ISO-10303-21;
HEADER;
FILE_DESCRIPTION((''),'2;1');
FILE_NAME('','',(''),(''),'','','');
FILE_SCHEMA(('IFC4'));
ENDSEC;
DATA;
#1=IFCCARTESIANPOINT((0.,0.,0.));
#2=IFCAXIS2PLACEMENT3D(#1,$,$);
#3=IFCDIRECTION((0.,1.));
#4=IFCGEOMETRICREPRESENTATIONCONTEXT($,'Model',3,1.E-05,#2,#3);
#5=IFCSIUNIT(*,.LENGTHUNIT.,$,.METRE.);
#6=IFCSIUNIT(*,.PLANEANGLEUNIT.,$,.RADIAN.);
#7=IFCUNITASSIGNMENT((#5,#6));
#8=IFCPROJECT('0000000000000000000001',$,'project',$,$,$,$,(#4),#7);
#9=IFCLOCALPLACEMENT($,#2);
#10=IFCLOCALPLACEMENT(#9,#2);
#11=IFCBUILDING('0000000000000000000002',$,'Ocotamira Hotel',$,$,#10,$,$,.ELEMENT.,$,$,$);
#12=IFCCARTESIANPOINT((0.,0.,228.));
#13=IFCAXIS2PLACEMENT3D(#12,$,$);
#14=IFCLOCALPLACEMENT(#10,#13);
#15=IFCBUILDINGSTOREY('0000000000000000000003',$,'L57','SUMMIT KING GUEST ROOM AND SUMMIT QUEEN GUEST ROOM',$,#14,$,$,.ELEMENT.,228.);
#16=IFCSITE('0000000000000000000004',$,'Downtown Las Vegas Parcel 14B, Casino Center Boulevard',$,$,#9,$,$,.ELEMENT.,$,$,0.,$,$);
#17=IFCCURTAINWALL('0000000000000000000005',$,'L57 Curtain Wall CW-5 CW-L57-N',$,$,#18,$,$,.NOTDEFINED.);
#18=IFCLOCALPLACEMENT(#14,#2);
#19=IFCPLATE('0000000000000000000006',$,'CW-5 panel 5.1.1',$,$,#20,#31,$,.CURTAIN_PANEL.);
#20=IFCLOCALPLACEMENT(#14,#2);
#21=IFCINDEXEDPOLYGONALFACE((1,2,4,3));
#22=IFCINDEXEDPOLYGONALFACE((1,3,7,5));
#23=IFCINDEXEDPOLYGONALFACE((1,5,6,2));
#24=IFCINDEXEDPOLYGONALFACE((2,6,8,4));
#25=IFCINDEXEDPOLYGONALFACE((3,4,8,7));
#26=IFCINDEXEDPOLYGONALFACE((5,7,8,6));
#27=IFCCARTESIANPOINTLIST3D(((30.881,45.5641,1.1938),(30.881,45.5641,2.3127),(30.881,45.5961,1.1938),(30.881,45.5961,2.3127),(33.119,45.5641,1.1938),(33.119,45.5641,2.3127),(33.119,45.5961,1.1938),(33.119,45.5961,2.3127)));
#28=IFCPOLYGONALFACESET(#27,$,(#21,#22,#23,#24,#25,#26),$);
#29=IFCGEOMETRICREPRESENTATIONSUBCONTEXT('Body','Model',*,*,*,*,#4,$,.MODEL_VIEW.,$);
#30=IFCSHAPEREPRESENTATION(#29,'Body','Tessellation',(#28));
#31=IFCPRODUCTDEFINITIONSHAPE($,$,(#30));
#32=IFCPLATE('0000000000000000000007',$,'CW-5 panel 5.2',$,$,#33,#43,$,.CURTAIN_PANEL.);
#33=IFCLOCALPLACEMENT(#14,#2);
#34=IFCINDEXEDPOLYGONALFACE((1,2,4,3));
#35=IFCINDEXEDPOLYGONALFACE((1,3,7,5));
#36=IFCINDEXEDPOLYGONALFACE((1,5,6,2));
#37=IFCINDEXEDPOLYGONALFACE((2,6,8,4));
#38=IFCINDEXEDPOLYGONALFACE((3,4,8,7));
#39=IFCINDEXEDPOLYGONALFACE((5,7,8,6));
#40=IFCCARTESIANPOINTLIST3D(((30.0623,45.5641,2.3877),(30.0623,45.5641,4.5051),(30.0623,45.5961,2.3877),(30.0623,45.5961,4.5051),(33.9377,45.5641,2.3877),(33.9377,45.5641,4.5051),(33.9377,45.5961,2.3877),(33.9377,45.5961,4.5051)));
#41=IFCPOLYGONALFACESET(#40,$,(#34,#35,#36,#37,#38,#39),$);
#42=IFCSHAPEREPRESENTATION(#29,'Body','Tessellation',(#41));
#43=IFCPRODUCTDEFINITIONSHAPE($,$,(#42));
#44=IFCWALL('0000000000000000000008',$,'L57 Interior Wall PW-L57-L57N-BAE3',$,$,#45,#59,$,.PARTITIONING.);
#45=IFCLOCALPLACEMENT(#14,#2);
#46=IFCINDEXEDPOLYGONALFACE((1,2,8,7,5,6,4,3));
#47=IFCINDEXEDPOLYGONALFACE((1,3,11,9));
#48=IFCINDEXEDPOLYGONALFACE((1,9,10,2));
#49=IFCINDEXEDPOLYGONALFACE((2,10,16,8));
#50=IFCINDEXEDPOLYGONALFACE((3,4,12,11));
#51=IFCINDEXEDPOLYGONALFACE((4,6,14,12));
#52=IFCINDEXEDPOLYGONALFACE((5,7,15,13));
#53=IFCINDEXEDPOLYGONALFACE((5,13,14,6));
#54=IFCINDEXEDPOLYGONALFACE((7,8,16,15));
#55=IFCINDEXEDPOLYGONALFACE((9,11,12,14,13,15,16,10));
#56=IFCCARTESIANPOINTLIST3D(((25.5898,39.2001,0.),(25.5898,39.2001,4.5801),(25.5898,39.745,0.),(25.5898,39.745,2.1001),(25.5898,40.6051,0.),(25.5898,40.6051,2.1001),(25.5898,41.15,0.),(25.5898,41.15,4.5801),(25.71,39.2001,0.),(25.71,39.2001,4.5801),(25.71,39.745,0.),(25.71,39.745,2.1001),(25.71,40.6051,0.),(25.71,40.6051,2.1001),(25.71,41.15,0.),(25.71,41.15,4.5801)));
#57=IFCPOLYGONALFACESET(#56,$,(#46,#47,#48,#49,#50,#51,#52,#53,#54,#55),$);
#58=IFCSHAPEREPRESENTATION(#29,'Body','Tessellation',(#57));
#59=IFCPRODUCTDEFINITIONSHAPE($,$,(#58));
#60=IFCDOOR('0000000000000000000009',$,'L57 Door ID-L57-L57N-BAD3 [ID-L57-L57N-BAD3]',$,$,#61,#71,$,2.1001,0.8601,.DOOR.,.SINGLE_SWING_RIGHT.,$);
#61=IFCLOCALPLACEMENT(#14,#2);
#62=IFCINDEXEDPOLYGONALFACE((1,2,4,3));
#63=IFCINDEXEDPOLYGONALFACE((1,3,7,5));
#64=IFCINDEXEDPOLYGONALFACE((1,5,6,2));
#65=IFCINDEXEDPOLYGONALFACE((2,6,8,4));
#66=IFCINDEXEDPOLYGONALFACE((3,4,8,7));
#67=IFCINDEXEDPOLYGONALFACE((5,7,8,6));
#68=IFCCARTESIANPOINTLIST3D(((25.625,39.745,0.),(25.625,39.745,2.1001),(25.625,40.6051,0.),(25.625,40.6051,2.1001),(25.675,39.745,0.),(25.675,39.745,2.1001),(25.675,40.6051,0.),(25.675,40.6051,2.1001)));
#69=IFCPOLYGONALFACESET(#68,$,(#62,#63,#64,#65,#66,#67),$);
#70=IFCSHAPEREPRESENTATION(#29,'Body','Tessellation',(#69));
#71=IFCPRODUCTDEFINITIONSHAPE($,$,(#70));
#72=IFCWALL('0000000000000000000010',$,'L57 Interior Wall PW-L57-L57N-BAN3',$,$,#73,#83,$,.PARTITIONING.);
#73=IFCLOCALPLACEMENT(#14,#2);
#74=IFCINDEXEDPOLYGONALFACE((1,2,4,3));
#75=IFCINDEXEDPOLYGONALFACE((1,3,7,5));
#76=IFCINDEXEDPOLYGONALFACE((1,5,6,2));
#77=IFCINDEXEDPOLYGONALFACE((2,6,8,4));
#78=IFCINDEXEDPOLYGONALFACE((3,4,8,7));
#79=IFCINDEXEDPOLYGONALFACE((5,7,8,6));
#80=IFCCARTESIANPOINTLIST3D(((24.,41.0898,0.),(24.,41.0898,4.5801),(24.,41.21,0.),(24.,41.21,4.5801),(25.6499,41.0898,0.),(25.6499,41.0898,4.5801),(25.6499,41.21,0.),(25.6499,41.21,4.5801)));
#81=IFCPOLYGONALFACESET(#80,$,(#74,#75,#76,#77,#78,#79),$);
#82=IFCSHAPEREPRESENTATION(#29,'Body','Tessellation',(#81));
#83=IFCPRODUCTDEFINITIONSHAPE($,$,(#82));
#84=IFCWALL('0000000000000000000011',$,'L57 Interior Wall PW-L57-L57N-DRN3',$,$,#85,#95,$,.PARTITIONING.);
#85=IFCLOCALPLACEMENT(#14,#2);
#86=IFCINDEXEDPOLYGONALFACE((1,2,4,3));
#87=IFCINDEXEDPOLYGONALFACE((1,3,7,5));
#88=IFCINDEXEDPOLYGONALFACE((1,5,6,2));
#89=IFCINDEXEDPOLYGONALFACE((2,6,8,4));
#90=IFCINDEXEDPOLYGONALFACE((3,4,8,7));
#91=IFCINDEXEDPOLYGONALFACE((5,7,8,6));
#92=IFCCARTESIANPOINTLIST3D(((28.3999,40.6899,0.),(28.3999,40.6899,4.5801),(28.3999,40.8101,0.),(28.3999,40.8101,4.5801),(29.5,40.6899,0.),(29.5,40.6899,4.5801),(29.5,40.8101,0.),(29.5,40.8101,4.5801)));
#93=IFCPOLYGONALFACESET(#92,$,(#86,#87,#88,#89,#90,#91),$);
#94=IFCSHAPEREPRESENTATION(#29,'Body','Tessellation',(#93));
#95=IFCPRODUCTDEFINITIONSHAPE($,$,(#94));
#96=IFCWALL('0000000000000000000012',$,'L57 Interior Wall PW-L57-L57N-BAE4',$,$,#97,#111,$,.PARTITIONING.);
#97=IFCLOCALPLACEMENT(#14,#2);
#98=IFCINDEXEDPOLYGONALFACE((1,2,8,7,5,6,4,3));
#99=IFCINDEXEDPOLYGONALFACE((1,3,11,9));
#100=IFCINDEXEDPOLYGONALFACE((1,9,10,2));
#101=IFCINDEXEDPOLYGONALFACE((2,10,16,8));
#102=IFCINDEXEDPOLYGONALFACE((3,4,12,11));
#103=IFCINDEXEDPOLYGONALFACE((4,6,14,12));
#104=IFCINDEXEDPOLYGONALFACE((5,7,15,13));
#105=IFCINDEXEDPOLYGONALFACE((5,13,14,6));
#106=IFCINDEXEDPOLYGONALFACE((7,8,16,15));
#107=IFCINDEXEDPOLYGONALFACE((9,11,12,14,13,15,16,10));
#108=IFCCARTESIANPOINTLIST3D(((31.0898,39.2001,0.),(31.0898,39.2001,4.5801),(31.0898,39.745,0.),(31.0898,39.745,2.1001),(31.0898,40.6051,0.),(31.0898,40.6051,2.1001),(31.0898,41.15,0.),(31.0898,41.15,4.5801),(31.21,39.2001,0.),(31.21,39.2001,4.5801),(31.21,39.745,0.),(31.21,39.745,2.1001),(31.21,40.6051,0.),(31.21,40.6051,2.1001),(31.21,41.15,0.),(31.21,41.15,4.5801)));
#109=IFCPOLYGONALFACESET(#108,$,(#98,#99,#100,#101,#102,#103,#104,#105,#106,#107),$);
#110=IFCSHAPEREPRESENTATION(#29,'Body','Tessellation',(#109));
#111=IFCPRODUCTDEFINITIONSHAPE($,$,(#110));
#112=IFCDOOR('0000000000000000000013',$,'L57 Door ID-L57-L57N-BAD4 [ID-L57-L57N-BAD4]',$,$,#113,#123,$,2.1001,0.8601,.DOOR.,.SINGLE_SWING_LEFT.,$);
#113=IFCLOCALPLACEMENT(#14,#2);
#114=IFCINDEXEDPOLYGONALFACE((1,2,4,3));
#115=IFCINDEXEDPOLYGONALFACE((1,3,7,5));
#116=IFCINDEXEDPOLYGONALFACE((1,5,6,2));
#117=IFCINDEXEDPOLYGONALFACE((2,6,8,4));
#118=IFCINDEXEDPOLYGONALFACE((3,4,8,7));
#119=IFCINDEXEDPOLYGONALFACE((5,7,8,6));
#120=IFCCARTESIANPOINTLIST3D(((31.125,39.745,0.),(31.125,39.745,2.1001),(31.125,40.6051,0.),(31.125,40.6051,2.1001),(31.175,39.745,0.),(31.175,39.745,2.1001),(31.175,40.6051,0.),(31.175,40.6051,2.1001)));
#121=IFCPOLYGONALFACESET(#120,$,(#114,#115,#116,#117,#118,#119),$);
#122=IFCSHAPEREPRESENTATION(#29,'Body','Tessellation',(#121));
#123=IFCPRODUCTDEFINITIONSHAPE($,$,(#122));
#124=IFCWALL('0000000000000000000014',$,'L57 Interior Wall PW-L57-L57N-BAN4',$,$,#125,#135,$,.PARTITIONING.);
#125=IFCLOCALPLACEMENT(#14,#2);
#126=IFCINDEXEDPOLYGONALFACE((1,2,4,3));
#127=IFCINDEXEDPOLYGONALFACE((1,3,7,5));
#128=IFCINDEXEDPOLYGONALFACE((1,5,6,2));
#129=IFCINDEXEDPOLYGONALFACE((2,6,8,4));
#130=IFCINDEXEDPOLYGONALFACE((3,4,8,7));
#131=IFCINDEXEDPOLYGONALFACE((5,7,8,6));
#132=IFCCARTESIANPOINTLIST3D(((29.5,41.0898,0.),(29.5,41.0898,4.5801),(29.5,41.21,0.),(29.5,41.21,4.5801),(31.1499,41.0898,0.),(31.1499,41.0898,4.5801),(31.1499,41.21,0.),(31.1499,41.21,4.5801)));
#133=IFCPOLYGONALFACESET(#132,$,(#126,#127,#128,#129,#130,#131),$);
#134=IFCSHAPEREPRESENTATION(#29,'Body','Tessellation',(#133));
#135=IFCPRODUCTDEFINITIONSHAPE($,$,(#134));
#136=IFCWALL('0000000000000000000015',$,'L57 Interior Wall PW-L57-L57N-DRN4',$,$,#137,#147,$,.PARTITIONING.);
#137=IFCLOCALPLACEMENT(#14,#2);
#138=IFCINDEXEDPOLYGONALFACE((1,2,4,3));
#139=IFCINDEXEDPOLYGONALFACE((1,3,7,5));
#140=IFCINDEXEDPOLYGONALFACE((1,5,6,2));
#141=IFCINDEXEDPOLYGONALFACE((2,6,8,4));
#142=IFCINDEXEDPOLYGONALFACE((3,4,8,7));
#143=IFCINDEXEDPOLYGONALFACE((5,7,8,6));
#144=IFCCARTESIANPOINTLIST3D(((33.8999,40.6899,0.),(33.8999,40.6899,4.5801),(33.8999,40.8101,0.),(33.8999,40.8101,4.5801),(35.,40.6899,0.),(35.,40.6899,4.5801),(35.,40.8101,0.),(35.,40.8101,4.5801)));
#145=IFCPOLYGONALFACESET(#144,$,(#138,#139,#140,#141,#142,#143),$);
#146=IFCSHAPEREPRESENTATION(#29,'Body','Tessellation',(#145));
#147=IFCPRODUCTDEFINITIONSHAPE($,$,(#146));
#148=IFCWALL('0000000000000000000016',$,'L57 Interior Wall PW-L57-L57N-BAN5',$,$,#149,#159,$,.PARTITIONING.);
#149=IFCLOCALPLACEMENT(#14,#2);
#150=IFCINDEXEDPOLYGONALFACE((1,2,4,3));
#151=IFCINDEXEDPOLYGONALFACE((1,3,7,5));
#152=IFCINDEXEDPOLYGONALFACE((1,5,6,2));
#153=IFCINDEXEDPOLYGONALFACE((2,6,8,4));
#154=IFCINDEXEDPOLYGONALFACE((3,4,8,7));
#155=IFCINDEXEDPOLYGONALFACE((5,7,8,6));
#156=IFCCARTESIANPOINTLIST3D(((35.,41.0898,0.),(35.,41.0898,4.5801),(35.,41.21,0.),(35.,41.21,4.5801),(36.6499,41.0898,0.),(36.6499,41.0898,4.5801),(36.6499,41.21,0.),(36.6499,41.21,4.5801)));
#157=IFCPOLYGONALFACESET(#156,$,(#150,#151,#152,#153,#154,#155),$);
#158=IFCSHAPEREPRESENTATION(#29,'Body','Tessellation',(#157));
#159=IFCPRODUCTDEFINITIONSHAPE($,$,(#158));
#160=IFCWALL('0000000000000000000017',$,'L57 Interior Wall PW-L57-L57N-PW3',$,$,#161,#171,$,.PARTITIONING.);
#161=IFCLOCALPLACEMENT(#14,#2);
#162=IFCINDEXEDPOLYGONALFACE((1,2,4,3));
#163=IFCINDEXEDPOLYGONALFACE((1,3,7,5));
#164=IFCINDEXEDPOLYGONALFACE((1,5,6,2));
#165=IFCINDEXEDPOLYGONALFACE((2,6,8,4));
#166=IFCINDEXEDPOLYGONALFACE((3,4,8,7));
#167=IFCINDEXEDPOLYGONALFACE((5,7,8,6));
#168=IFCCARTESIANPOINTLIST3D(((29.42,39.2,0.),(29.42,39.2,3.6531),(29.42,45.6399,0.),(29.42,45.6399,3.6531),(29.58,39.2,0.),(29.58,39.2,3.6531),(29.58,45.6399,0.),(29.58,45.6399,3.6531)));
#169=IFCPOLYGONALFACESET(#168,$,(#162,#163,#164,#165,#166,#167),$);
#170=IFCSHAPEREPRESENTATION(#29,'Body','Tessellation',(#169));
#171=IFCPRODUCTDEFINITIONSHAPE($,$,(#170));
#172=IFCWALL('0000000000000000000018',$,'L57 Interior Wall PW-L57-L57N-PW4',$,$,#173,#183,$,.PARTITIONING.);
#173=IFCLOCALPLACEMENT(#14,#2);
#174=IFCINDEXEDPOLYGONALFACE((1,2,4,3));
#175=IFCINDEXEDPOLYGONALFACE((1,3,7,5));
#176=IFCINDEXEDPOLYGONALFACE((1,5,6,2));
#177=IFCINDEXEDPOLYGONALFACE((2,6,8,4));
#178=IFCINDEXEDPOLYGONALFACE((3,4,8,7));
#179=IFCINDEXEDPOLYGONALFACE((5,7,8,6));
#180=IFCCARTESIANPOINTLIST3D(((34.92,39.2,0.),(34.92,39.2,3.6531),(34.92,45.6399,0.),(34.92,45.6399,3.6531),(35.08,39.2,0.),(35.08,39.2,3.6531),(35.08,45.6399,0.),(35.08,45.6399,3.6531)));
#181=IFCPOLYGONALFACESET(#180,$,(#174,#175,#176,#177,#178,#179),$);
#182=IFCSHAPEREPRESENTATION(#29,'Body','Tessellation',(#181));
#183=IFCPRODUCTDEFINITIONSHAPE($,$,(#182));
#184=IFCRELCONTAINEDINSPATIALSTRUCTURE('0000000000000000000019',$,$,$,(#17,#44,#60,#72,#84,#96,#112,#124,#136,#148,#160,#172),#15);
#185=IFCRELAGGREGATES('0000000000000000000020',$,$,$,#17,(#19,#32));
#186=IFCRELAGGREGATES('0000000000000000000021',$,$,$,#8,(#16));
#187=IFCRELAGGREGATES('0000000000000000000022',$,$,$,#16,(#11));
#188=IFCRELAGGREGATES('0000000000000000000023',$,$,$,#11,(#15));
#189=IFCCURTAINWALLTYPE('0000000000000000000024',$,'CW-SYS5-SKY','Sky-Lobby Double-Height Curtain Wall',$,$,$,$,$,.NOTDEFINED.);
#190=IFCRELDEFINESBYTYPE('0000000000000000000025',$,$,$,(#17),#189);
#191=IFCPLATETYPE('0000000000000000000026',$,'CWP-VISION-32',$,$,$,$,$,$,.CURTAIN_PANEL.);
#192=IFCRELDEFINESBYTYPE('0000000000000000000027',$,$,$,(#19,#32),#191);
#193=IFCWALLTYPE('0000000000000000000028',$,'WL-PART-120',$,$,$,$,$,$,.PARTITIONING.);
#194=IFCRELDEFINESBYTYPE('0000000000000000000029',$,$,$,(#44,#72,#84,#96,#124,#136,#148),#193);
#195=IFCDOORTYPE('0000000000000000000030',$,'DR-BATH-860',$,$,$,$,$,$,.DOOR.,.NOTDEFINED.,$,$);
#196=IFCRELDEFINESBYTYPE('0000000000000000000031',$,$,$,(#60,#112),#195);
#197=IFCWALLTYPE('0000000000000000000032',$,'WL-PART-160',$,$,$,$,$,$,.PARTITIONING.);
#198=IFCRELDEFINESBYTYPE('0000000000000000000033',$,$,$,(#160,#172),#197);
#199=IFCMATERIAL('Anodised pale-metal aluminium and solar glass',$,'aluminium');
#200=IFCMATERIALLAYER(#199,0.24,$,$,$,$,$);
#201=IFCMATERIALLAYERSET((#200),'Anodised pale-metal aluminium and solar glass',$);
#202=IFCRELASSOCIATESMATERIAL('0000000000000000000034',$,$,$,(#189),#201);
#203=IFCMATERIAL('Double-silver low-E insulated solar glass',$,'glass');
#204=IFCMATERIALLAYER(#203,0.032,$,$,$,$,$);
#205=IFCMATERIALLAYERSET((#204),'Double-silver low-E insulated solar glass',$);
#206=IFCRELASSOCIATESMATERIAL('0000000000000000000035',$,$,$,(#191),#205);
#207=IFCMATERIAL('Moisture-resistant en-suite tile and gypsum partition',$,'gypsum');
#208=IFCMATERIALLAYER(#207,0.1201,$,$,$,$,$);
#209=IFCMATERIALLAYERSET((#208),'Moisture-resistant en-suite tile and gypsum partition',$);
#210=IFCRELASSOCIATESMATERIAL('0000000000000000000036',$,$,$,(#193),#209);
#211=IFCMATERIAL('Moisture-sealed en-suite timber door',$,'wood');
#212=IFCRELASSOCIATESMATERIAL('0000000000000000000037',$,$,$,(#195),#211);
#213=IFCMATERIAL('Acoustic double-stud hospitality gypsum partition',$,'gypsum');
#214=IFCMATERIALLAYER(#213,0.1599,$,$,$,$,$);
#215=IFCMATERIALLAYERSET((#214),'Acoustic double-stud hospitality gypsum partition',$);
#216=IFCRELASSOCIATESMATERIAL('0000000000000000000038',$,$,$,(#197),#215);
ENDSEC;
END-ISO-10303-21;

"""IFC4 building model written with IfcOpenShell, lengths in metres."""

from ifc_helpers import new_model, si_unit, direction, frame, frame_2d, origin, origin_2d, place, context, subcontext, project, spatial, rectangle, extrude, source, transform, mapped, material, layer, layer_set, type_object, element, fill, aggregate, save


model = new_model("IFC4")

# Units and contexts
model_context = context("Model", 3, precision=1e-05, world=origin(), true_north=direction((0.0, 1.0)))
body_context = subcontext(model_context, "Body", "Model", "MODEL_VIEW")
ifc_project = project(units=[si_unit("LENGTHUNIT", "METRE"), si_unit("PLANEANGLEUNIT", "RADIAN")], contexts=[model_context])

# Site, building, storey
site_placement = place(None, origin())
site = spatial("IfcSite", under=ifc_project, at=site_placement, Name="Downtown Las Vegas Parcel 14B, Casino Center Boulevard", CompositionType="ELEMENT", RefElevation=0.0)
building_placement = place(site_placement, origin())
building = spatial("IfcBuilding", under=site, at=building_placement, Name="Ocotamira Hotel", CompositionType="ELEMENT")
storey_placement = place(building_placement, frame((0.0, 0.0, 228.0)))
storey = spatial("IfcBuildingStorey", under=building, at=storey_placement, Name="L57", Description="SUMMIT KING GUEST ROOM AND SUMMIT QUEEN GUEST ROOM", CompositionType="ELEMENT", Elevation=228.0)

# Curtain wall
ifc_material_1 = material(Name="Anodised pale-metal aluminium and solar glass", Category="aluminium")
ifc_layer_1 = layer(ifc_material_1, 0.24)
ifc_layer_set_1 = layer_set([ifc_layer_1], Name="Anodised pale-metal aluminium and solar glass")
curtain_wall_type = type_object("IfcCurtainWallType", Name="CW-SYS5-SKY", Description="Sky-Lobby Double-Height Curtain Wall", PredefinedType="NOTDEFINED", material=ifc_layer_set_1)
curtain_wall_placement = place(storey_placement, origin())
curtain_wall = element("IfcCurtainWall", 1, at=curtain_wall_placement, inside=storey, type_object=curtain_wall_type, Name="L57 Curtain Wall CW-5 CW-L57-N", PredefinedType="NOTDEFINED")

# Plates
ifc_material_2 = material(Name="Double-silver low-E insulated solar glass", Category="glass")
ifc_layer_2 = layer(ifc_material_2, 0.032)
ifc_layer_set_2 = layer_set([ifc_layer_2], Name="Double-silver low-E insulated solar glass")
plate_type_1 = type_object("IfcPlateType", Name="CWP-VISION-32", PredefinedType="CURTAIN_PANEL", material=ifc_layer_set_2)
shared_shape_1 = source(origin(), body_context, "Body", "SweptSolid", [
    extrude(rectangle(XDim=2.238, YDim=0.032, at=origin_2d()), origin(), (0.0, 0.0, 1.0), 1.1189),
])
plate_1_placement = place(storey_placement, frame((32.0, 45.5801, 1.1938), z_axis=(0.0, 0.0, 1.0), x_axis=(1.0, 0.0, 0.0)))
plate_1 = element("IfcPlate", 2, at=plate_1_placement, type_object=plate_type_1, Name="CW-5 panel 5.1.1", PredefinedType="CURTAIN_PANEL", context=body_context, shape_type="MappedRepresentation", body=[
    mapped(shared_shape_1, transform((0.0, 0.0, 0.0), scale=1.0)),
])
shared_shape_2 = source(origin(), body_context, "Body", "SweptSolid", [
    extrude(rectangle(XDim=3.8755, YDim=0.032, at=origin_2d()), origin(), (0.0, 0.0, 1.0), 2.1174),
])
plate_2_placement = place(storey_placement, frame((32.0, 45.5801, 2.3877), z_axis=(0.0, 0.0, 1.0), x_axis=(1.0, 0.0, 0.0)))
plate_2 = element("IfcPlate", 3, at=plate_2_placement, type_object=plate_type_1, Name="CW-5 panel 5.2", PredefinedType="CURTAIN_PANEL", context=body_context, shape_type="MappedRepresentation", body=[
    mapped(shared_shape_2, transform((0.0, 0.0, 0.0), scale=1.0)),
])
aggregate(curtain_wall, [plate_1, plate_2])

# Wall, opening, door
ifc_material_3 = material(Name="Moisture-resistant en-suite tile and gypsum partition", Category="gypsum")
ifc_layer_3 = layer(ifc_material_3, 0.1201)
ifc_layer_set_3 = layer_set([ifc_layer_3], Name="Moisture-resistant en-suite tile and gypsum partition")
wall_type_1 = type_object("IfcWallType", Name="WL-PART-120", PredefinedType="PARTITIONING", material=ifc_layer_set_3)
wall_1_placement = place(storey_placement, frame((25.6499, 39.2, 0.0), z_axis=(0.0, 0.0, 1.0), x_axis=(0.0, 1.0, 0.0)))
wall_1 = element("IfcWall", 4, at=wall_1_placement, inside=storey, type_object=wall_type_1, Name="L57 Interior Wall PW-L57-L57N-BAE3", PredefinedType="PARTITIONING", context=body_context, shape_type="SweptSolid", body=[
    extrude(rectangle(XDim=1.95, YDim=0.1201, at=frame_2d((0.9751, 0.0))), origin(), (0.0, 0.0, 1.0), 4.5801),
])
opening_1_placement = place(wall_1_placement, frame((0.5449, 0.0, 0.0)))
opening_1 = element("IfcOpeningElement", 5, at=opening_1_placement, cuts=wall_1, PredefinedType="OPENING", context=body_context, shape_type="SweptSolid", body=[
    extrude(rectangle(XDim=0.8601, YDim=2.1001, at=frame_2d((0.4302, 1.05))), frame((0.0, 0.0701, 0.0), z_axis=(0.0, -1.0, 0.0), x_axis=(1.0, 0.0, 0.0)), (0.0, 0.0, 1.0), 0.1401),
])
ifc_material_4 = material(Name="Moisture-sealed en-suite timber door", Category="wood")
door_type = type_object("IfcDoorType", Name="DR-BATH-860", OperationType="NOTDEFINED", PredefinedType="DOOR", material=ifc_material_4)
shared_shape_3 = source(origin(), body_context, "Body", "SweptSolid", [
    extrude(rectangle(XDim=0.8601, YDim=2.1001, at=frame_2d((0.4302, 1.05))), frame((0.0, 0.0249, 0.0), z_axis=(0.0, -1.0, 0.0), x_axis=(1.0, 0.0, 0.0)), (0.0, 0.0, 1.0), 0.05),
])
door_1_placement = place(opening_1_placement, origin())
door_1 = element("IfcDoor", 6, at=door_1_placement, inside=storey, type_object=door_type, Name="L57 Door ID-L57-L57N-BAD3 [ID-L57-L57N-BAD3]", OperationType="SINGLE_SWING_RIGHT", OverallHeight=2.1001, OverallWidth=0.8601, PredefinedType="DOOR", context=body_context, shape_type="MappedRepresentation", body=[
    mapped(shared_shape_3, transform((0.0, 0.0, 0.0), scale=1.0)),
])
fill(opening_1, door_1)

# Walls
wall_2_placement = place(storey_placement, frame((24.0, 41.1499, 0.0), z_axis=(0.0, 0.0, 1.0), x_axis=(1.0, 0.0, 0.0)))
element("IfcWall", 7, at=wall_2_placement, inside=storey, type_object=wall_type_1, Name="L57 Interior Wall PW-L57-L57N-BAN3", PredefinedType="PARTITIONING", context=body_context, shape_type="SweptSolid", body=[
    extrude(rectangle(XDim=1.6499, YDim=0.1201, at=frame_2d((0.825, 0.0))), origin(), (0.0, 0.0, 1.0), 4.5801),
])
wall_3_placement = place(storey_placement, frame((28.3999, 40.75, 0.0), z_axis=(0.0, 0.0, 1.0), x_axis=(1.0, 0.0, 0.0)))
element("IfcWall", 8, at=wall_3_placement, inside=storey, type_object=wall_type_1, Name="L57 Interior Wall PW-L57-L57N-DRN3", PredefinedType="PARTITIONING", context=body_context, shape_type="SweptSolid", body=[
    extrude(rectangle(XDim=1.1001, YDim=0.1201, at=frame_2d((0.55, 0.0))), origin(), (0.0, 0.0, 1.0), 4.5801),
])

# Wall, opening, door
wall_4_placement = place(storey_placement, frame((31.1499, 39.2, 0.0), z_axis=(0.0, 0.0, 1.0), x_axis=(0.0, 1.0, 0.0)))
wall_4 = element("IfcWall", 9, at=wall_4_placement, inside=storey, type_object=wall_type_1, Name="L57 Interior Wall PW-L57-L57N-BAE4", PredefinedType="PARTITIONING", context=body_context, shape_type="SweptSolid", body=[
    extrude(rectangle(XDim=1.95, YDim=0.1201, at=frame_2d((0.9751, 0.0))), origin(), (0.0, 0.0, 1.0), 4.5801),
])
opening_2_placement = place(wall_4_placement, frame((0.5449, 0.0, 0.0)))
opening_2 = element("IfcOpeningElement", 10, at=opening_2_placement, cuts=wall_4, PredefinedType="OPENING", context=body_context, shape_type="SweptSolid", body=[
    extrude(rectangle(XDim=0.8601, YDim=2.1001, at=frame_2d((0.4302, 1.05))), frame((0.0, 0.0701, 0.0), z_axis=(0.0, -1.0, 0.0), x_axis=(1.0, 0.0, 0.0)), (0.0, 0.0, 1.0), 0.1401),
])
door_2_placement = place(opening_2_placement, origin())
door_2 = element("IfcDoor", 11, at=door_2_placement, inside=storey, type_object=door_type, Name="L57 Door ID-L57-L57N-BAD4 [ID-L57-L57N-BAD4]", OperationType="SINGLE_SWING_LEFT", OverallHeight=2.1001, OverallWidth=0.8601, PredefinedType="DOOR", context=body_context, shape_type="MappedRepresentation", body=[
    mapped(shared_shape_3, transform((0.0, 0.0, 0.0), scale=1.0)),
])
fill(opening_2, door_2)

# Walls
wall_5_placement = place(storey_placement, frame((29.5, 41.1499, 0.0), z_axis=(0.0, 0.0, 1.0), x_axis=(1.0, 0.0, 0.0)))
element("IfcWall", 12, at=wall_5_placement, inside=storey, type_object=wall_type_1, Name="L57 Interior Wall PW-L57-L57N-BAN4", PredefinedType="PARTITIONING", context=body_context, shape_type="SweptSolid", body=[
    extrude(rectangle(XDim=1.6499, YDim=0.1201, at=frame_2d((0.825, 0.0))), origin(), (0.0, 0.0, 1.0), 4.5801),
])
wall_6_placement = place(storey_placement, frame((33.8999, 40.75, 0.0), z_axis=(0.0, 0.0, 1.0), x_axis=(1.0, 0.0, 0.0)))
element("IfcWall", 13, at=wall_6_placement, inside=storey, type_object=wall_type_1, Name="L57 Interior Wall PW-L57-L57N-DRN4", PredefinedType="PARTITIONING", context=body_context, shape_type="SweptSolid", body=[
    extrude(rectangle(XDim=1.1001, YDim=0.1201, at=frame_2d((0.55, 0.0))), origin(), (0.0, 0.0, 1.0), 4.5801),
])
wall_7_placement = place(storey_placement, frame((35.0, 41.1499, 0.0), z_axis=(0.0, 0.0, 1.0), x_axis=(1.0, 0.0, 0.0)))
element("IfcWall", 14, at=wall_7_placement, inside=storey, type_object=wall_type_1, Name="L57 Interior Wall PW-L57-L57N-BAN5", PredefinedType="PARTITIONING", context=body_context, shape_type="SweptSolid", body=[
    extrude(rectangle(XDim=1.6499, YDim=0.1201, at=frame_2d((0.825, 0.0))), origin(), (0.0, 0.0, 1.0), 4.5801),
])
ifc_material_5 = material(Name="Acoustic double-stud hospitality gypsum partition", Category="gypsum")
ifc_layer_4 = layer(ifc_material_5, 0.1599)
ifc_layer_set_4 = layer_set([ifc_layer_4], Name="Acoustic double-stud hospitality gypsum partition")
wall_type_2 = type_object("IfcWallType", Name="WL-PART-160", PredefinedType="PARTITIONING", material=ifc_layer_set_4)
for number, where, z_axis, x_axis, name in (
    (15, (29.5, 39.2, 0.0), (0.0, 0.0, 1.0), (0.0, 1.0, 0.0), "L57 Interior Wall PW-L57-L57N-PW3"),
    (16, (35.0, 39.2, 0.0), (0.0, 0.0, 1.0), (0.0, 1.0, 0.0), "L57 Interior Wall PW-L57-L57N-PW4"),
):
    element("IfcWall", number, at=place(storey_placement, frame(where, z_axis=z_axis, x_axis=x_axis)), inside=storey, type_object=wall_type_2, Name=name, PredefinedType="PARTITIONING", context=body_context, shape_type="SweptSolid", body=[
        extrude(rectangle(XDim=6.4399, YDim=0.1599, at=frame_2d((3.22, 0.0))), origin(), (0.0, 0.0, 1.0), 3.6531),
    ])

save(model, "model.ifc")
